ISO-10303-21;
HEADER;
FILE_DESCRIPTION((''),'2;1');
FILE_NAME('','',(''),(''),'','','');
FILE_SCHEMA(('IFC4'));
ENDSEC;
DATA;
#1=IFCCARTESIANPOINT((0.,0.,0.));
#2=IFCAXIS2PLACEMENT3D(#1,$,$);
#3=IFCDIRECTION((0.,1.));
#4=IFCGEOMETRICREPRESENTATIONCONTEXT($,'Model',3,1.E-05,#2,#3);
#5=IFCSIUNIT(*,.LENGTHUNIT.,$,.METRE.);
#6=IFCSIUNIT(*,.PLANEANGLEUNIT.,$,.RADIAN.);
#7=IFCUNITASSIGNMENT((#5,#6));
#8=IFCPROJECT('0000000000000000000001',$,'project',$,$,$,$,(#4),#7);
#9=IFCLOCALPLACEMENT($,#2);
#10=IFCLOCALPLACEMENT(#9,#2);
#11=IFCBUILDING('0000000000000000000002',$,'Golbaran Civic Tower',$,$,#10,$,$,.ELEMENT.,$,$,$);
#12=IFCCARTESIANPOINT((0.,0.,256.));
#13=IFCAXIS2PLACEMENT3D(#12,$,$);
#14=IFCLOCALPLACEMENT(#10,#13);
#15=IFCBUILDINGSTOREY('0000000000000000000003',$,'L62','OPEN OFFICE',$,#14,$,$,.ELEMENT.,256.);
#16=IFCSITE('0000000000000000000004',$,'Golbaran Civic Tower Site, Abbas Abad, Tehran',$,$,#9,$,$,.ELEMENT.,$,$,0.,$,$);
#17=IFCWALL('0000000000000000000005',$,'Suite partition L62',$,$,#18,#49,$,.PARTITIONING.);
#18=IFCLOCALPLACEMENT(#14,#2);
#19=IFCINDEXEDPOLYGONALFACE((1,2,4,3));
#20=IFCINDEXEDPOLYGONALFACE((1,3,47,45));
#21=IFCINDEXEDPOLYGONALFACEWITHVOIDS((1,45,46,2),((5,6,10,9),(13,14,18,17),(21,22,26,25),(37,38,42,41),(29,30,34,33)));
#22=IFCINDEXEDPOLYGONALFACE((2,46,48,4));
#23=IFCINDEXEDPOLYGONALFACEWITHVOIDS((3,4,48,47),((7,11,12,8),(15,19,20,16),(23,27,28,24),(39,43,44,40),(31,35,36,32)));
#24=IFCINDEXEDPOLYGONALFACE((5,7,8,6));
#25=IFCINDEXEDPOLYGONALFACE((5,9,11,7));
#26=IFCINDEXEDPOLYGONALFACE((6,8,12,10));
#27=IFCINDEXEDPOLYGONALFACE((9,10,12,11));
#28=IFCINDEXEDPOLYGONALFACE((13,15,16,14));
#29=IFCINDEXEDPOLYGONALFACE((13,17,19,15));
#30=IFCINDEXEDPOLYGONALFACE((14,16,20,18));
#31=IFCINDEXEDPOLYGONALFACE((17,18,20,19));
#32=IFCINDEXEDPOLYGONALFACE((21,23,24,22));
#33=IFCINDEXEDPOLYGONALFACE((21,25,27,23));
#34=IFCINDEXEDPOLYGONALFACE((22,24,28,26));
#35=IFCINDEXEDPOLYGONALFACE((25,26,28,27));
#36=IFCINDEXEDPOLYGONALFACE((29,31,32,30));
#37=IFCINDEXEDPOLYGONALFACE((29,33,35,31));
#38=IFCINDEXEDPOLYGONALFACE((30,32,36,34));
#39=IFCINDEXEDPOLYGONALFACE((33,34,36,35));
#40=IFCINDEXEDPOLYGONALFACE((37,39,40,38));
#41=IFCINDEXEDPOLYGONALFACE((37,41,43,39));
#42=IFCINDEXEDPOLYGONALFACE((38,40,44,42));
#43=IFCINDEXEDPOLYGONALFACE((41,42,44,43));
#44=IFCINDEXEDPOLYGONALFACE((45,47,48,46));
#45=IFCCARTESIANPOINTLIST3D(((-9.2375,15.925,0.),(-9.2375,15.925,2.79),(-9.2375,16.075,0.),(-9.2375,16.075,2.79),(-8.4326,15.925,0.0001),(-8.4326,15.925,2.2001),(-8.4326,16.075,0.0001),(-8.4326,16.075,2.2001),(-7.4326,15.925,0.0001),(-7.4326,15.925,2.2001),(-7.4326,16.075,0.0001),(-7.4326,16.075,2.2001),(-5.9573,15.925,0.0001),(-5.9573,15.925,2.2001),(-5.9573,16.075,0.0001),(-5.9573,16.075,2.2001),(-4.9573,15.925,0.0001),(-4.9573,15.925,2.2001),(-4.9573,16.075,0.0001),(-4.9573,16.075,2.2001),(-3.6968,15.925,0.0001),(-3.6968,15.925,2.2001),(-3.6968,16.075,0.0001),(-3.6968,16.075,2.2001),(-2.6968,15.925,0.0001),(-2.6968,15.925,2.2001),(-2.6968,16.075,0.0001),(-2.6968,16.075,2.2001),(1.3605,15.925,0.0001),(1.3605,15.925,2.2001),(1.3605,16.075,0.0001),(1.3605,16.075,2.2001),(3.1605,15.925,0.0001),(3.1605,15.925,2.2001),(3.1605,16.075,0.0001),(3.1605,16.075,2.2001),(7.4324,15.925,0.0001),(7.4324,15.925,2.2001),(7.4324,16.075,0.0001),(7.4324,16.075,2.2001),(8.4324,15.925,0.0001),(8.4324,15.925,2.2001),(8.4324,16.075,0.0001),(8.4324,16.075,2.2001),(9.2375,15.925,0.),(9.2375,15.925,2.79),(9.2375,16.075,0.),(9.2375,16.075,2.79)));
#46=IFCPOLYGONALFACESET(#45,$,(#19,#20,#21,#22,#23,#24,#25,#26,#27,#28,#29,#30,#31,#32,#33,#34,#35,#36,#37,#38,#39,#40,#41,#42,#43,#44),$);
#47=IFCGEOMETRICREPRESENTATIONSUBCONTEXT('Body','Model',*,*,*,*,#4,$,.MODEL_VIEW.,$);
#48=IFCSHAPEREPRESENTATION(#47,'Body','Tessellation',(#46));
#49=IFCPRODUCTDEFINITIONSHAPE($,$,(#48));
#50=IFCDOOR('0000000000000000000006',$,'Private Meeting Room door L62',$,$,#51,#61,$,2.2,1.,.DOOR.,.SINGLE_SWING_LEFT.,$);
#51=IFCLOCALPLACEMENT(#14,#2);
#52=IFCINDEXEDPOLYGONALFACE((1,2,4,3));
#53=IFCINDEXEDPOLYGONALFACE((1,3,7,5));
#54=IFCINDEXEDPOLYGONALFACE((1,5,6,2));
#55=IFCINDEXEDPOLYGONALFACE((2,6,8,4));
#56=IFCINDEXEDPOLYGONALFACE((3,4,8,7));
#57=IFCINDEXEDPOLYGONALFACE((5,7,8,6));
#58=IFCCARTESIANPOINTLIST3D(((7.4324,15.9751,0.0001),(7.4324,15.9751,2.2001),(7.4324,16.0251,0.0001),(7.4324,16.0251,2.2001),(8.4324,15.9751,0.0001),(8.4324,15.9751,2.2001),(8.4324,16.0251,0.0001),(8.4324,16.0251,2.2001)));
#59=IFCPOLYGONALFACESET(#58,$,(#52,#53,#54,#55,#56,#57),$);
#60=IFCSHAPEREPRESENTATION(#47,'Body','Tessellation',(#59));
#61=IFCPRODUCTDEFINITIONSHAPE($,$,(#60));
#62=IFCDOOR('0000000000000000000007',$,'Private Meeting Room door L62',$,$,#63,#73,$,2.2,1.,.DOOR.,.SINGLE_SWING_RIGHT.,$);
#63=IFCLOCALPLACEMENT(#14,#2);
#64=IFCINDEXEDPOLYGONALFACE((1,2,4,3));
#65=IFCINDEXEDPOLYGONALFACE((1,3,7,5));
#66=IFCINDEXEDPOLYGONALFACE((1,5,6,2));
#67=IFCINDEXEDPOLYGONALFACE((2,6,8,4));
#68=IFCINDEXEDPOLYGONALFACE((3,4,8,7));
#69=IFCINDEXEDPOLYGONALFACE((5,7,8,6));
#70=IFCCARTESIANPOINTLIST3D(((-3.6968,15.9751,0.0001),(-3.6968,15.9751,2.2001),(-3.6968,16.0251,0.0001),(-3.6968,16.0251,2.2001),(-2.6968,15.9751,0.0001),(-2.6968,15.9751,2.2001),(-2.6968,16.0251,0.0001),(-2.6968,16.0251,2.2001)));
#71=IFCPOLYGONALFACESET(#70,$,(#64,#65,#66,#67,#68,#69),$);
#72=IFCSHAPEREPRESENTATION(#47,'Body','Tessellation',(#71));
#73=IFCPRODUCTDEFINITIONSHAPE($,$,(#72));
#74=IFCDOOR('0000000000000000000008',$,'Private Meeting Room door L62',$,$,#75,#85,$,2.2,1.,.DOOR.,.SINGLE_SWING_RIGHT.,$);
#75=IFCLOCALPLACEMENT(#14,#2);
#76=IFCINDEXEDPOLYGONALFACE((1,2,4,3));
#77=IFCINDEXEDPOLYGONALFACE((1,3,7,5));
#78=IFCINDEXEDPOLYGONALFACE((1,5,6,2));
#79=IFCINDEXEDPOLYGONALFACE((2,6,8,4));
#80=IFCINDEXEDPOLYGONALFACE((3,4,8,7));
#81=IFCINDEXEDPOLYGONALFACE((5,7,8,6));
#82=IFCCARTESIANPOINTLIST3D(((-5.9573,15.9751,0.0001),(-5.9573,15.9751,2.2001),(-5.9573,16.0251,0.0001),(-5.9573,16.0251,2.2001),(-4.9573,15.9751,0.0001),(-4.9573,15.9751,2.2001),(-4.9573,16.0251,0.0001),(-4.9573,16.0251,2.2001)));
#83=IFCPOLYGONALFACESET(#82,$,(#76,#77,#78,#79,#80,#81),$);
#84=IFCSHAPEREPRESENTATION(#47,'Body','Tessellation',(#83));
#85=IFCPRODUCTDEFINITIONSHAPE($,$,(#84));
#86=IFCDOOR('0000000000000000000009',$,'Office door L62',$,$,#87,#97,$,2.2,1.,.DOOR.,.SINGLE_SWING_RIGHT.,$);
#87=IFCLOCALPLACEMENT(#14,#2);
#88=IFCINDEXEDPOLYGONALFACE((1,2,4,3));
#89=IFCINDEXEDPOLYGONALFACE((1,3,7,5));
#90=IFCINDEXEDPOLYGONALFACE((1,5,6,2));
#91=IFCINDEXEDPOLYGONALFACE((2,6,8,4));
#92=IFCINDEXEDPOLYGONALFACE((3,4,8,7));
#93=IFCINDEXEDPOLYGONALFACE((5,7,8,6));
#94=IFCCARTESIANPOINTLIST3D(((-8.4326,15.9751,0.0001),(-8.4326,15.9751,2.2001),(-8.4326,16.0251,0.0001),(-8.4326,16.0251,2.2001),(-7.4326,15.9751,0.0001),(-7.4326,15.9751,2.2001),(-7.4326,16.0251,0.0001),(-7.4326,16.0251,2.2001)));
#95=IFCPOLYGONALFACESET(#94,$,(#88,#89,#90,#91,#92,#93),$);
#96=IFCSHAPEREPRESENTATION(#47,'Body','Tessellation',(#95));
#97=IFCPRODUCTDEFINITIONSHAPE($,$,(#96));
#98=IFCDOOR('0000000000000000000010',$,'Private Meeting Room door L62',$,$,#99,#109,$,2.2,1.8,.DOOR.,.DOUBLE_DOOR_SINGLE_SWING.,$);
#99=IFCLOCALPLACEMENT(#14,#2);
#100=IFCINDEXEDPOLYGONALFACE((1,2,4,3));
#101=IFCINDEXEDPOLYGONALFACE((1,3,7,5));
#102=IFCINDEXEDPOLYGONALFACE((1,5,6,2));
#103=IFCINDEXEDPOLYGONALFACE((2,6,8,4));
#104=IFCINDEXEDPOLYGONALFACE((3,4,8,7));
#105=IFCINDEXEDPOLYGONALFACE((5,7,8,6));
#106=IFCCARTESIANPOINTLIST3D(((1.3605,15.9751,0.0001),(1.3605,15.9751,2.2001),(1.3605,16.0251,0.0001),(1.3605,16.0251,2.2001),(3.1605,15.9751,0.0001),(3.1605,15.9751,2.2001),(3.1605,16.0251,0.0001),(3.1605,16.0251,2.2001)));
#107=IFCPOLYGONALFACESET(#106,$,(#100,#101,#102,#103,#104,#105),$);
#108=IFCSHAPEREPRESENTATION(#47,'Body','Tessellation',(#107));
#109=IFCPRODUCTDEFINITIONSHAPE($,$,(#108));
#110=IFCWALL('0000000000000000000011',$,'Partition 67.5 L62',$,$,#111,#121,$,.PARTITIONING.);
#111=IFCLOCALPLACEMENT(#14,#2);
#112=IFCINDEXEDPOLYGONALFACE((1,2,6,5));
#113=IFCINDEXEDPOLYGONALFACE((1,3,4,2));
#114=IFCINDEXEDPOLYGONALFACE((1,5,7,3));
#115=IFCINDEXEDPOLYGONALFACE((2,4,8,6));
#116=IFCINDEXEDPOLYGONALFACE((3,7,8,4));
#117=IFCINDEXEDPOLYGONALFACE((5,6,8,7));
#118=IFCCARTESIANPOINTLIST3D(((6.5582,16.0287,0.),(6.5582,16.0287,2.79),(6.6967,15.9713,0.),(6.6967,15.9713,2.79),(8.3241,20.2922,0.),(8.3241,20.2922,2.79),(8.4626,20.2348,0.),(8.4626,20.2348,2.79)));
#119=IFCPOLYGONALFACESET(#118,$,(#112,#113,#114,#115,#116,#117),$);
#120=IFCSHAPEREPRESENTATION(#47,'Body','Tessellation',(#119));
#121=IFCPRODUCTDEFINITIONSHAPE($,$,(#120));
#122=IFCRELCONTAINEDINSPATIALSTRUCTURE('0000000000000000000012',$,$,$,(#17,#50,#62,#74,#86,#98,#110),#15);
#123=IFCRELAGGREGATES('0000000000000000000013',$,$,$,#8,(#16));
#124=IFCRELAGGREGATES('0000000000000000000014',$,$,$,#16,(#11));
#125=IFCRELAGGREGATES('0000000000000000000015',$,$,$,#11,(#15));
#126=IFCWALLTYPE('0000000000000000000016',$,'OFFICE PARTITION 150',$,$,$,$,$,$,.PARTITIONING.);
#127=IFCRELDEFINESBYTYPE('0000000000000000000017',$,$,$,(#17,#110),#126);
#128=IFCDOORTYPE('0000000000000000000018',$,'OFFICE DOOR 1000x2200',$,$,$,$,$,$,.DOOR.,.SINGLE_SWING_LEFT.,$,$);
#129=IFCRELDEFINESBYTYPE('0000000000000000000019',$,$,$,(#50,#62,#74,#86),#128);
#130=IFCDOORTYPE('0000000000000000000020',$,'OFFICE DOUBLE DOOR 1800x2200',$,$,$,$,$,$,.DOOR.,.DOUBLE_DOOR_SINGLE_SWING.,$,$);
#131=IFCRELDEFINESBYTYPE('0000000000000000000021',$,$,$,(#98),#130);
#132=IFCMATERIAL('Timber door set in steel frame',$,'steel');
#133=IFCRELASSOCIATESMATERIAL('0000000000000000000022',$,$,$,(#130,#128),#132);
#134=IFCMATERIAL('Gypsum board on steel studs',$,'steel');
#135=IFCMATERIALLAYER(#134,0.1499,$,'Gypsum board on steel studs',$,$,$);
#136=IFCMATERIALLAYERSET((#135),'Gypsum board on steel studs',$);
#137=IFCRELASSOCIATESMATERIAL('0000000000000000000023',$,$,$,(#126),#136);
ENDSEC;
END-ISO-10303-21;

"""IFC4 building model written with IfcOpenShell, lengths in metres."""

from ifc_helpers import new_model, si_unit, direction, frame, frame_2d, origin, place, context, subcontext, project, spatial, rectangle, extrude, material, layer, layer_set, type_object, element, fill, save


model = new_model("IFC4")

# Units and contexts
model_context = context("Model", 3, precision=1e-05, world=origin(), true_north=direction((0.0, 1.0)))
body_context = subcontext(model_context, "Body", "Model", "MODEL_VIEW")
ifc_project = project(units=[si_unit("LENGTHUNIT", "METRE"), si_unit("PLANEANGLEUNIT", "RADIAN")], contexts=[model_context])

# Site, building, storey
site_placement = place(None, origin())
site = spatial("IfcSite", under=ifc_project, at=site_placement, Name="Golbaran Civic Tower Site, Abbas Abad, Tehran", CompositionType="ELEMENT", RefElevation=0.0)
building_placement = place(site_placement, origin())
building = spatial("IfcBuilding", under=site, at=building_placement, Name="Golbaran Civic Tower", CompositionType="ELEMENT")
storey_placement = place(building_placement, frame((0.0, 0.0, 256.0)))
storey = spatial("IfcBuildingStorey", under=building, at=storey_placement, Name="L62", Description="OPEN OFFICE", CompositionType="ELEMENT", Elevation=256.0)

# Shared definitions
ifc_material_1 = material(Name="Timber door set in steel frame", Category="steel")
door_type_1 = type_object("IfcDoorType", Name="OFFICE DOUBLE DOOR 1800x2200", OperationType="DOUBLE_DOOR_SINGLE_SWING", PredefinedType="DOOR", material=ifc_material_1)
door_type_2 = type_object("IfcDoorType", Name="OFFICE DOOR 1000x2200", OperationType="SINGLE_SWING_LEFT", PredefinedType="DOOR", material=ifc_material_1)

# Shared definitions
ifc_material_2 = material(Name="Gypsum board on steel studs", Category="steel")
ifc_layer_1 = layer(ifc_material_2, 0.1499, Name="Gypsum board on steel studs")
ifc_layer_set_1 = layer_set([ifc_layer_1], Name="Gypsum board on steel studs")
wall_type_1 = type_object("IfcWallType", Name="OFFICE PARTITION 150", PredefinedType="PARTITIONING", material=ifc_layer_set_1)

# Wall, openings, doors
wall_1_placement = place(storey_placement, frame((9.2375, 16.0, 0.0), z_axis=(0.0, 0.0, 1.0), x_axis=(-1.0, 0.0, 0.0)))
wall_1 = element("IfcWall", 1, at=wall_1_placement, inside=storey, type_object=wall_type_1, Name="Suite partition L62", PredefinedType="PARTITIONING", context=body_context, shape_type="SweptSolid", body=[
    extrude(rectangle(XDim=18.4751, YDim=0.1499, at=frame_2d((9.2375, 0.0))), origin(), (0.0, 0.0, 1.0), 2.79),
])
opening_1_placement = place(wall_1_placement, frame((0.8052, 0.0, 0.0)))
opening_1 = element("IfcOpeningElement", 2, at=opening_1_placement, cuts=wall_1, PredefinedType="OPENING", context=body_context, shape_type="SweptSolid", body=[
    extrude(rectangle(XDim=1.0, YDim=2.2, at=frame_2d((0.5, 1.1001))), frame((0.0, 0.085, 0.0), z_axis=(0.0, -1.0, 0.0), x_axis=(1.0, 0.0, 0.0)), (0.0, 0.0, 1.0), 0.1699),
])
opening_2_placement = place(wall_1_placement, frame((6.0771, 0.0, 0.0)))
opening_2 = element("IfcOpeningElement", 3, at=opening_2_placement, cuts=wall_1, PredefinedType="OPENING", context=body_context, shape_type="SweptSolid", body=[
    extrude(rectangle(XDim=1.8, YDim=2.2, at=frame_2d((0.8999, 1.1001))), frame((0.0, 0.085, 0.0), z_axis=(0.0, -1.0, 0.0), x_axis=(1.0, 0.0, 0.0)), (0.0, 0.0, 1.0), 0.1699),
])
opening_3_placement = place(wall_1_placement, frame((11.9343, 0.0, 0.0)))
opening_3 = element("IfcOpeningElement", 4, at=opening_3_placement, cuts=wall_1, PredefinedType="OPENING", context=body_context, shape_type="SweptSolid", body=[
    extrude(rectangle(XDim=1.0, YDim=2.2, at=frame_2d((0.5, 1.1001))), frame((0.0, 0.085, 0.0), z_axis=(0.0, -1.0, 0.0), x_axis=(1.0, 0.0, 0.0)), (0.0, 0.0, 1.0), 0.1699),
])
opening_4_placement = place(wall_1_placement, frame((14.1948, 0.0, 0.0)))
opening_4 = element("IfcOpeningElement", 5, at=opening_4_placement, cuts=wall_1, PredefinedType="OPENING", context=body_context, shape_type="SweptSolid", body=[
    extrude(rectangle(XDim=1.0, YDim=2.2, at=frame_2d((0.5, 1.1001))), frame((0.0, 0.085, 0.0), z_axis=(0.0, -1.0, 0.0), x_axis=(1.0, 0.0, 0.0)), (0.0, 0.0, 1.0), 0.1699),
])
opening_5_placement = place(wall_1_placement, frame((16.6702, 0.0, 0.0)))
opening_5 = element("IfcOpeningElement", 6, at=opening_5_placement, cuts=wall_1, PredefinedType="OPENING", context=body_context, shape_type="SweptSolid", body=[
    extrude(rectangle(XDim=1.0, YDim=2.2, at=frame_2d((0.5, 1.1001))), frame((0.0, 0.085, 0.0), z_axis=(0.0, -1.0, 0.0), x_axis=(1.0, 0.0, 0.0)), (0.0, 0.0, 1.0), 0.1699),
])
door_1_placement = place(opening_1_placement, origin())
door_1 = element("IfcDoor", 7, at=door_1_placement, inside=storey, type_object=door_type_2, Name="Private Meeting Room door L62", OperationType="SINGLE_SWING_LEFT", OverallHeight=2.2, OverallWidth=1.0, PredefinedType="DOOR", context=body_context, shape_type="SweptSolid", body=[
    extrude(rectangle(XDim=1.0, YDim=2.2, at=frame_2d((0.5, 1.1001))), frame((0.0, 0.0249, 0.0), z_axis=(0.0, -1.0, 0.0), x_axis=(1.0, 0.0, 0.0)), (0.0, 0.0, 1.0), 0.05),
])
fill(opening_1, door_1)
door_2_placement = place(opening_3_placement, origin())
door_2 = element("IfcDoor", 8, at=door_2_placement, inside=storey, type_object=door_type_2, Name="Private Meeting Room door L62", OperationType="SINGLE_SWING_RIGHT", OverallHeight=2.2, OverallWidth=1.0, PredefinedType="DOOR", context=body_context, shape_type="SweptSolid", body=[
    extrude(rectangle(XDim=1.0, YDim=2.2, at=frame_2d((0.5, 1.1001))), frame((0.0, 0.0249, 0.0), z_axis=(0.0, -1.0, 0.0), x_axis=(1.0, 0.0, 0.0)), (0.0, 0.0, 1.0), 0.05),
])
fill(opening_3, door_2)
door_3_placement = place(opening_4_placement, origin())
door_3 = element("IfcDoor", 9, at=door_3_placement, inside=storey, type_object=door_type_2, Name="Private Meeting Room door L62", OperationType="SINGLE_SWING_RIGHT", OverallHeight=2.2, OverallWidth=1.0, PredefinedType="DOOR", context=body_context, shape_type="SweptSolid", body=[
    extrude(rectangle(XDim=1.0, YDim=2.2, at=frame_2d((0.5, 1.1001))), frame((0.0, 0.0249, 0.0), z_axis=(0.0, -1.0, 0.0), x_axis=(1.0, 0.0, 0.0)), (0.0, 0.0, 1.0), 0.05),
])
fill(opening_4, door_3)
door_4_placement = place(opening_5_placement, origin())
door_4 = element("IfcDoor", 10, at=door_4_placement, inside=storey, type_object=door_type_2, Name="Office door L62", OperationType="SINGLE_SWING_RIGHT", OverallHeight=2.2, OverallWidth=1.0, PredefinedType="DOOR", context=body_context, shape_type="SweptSolid", body=[
    extrude(rectangle(XDim=1.0, YDim=2.2, at=frame_2d((0.5, 1.1001))), frame((0.0, 0.0249, 0.0), z_axis=(0.0, -1.0, 0.0), x_axis=(1.0, 0.0, 0.0)), (0.0, 0.0, 1.0), 0.05),
])
fill(opening_5, door_4)
door_5_placement = place(opening_2_placement, origin())
door_5 = element("IfcDoor", 11, at=door_5_placement, inside=storey, type_object=door_type_1, Name="Private Meeting Room door L62", OperationType="DOUBLE_DOOR_SINGLE_SWING", OverallHeight=2.2, OverallWidth=1.8, PredefinedType="DOOR", context=body_context, shape_type="SweptSolid", body=[
    extrude(rectangle(XDim=1.8, YDim=2.2, at=frame_2d((0.8999, 1.1001))), frame((0.0, 0.0249, 0.0), z_axis=(0.0, -1.0, 0.0), x_axis=(1.0, 0.0, 0.0)), (0.0, 0.0, 1.0), 0.05),
])
fill(opening_2, door_5)

# Wall
wall_2_placement = place(storey_placement, frame((6.6274, 16.0, 0.0), z_axis=(0.0, 0.0, 1.0), x_axis=(0.382665, 0.923887, 0.0)))
element("IfcWall", 12, at=wall_2_placement, inside=storey, type_object=wall_type_1, Name="Partition 67.5 L62", PredefinedType="PARTITIONING", context=body_context, shape_type="SweptSolid", body=[
    extrude(rectangle(XDim=4.6147, YDim=0.1499, at=frame_2d((2.3074, 0.0))), origin(), (0.0, 0.0, 1.0), 2.79),
])

save(model, "model.ifc")
